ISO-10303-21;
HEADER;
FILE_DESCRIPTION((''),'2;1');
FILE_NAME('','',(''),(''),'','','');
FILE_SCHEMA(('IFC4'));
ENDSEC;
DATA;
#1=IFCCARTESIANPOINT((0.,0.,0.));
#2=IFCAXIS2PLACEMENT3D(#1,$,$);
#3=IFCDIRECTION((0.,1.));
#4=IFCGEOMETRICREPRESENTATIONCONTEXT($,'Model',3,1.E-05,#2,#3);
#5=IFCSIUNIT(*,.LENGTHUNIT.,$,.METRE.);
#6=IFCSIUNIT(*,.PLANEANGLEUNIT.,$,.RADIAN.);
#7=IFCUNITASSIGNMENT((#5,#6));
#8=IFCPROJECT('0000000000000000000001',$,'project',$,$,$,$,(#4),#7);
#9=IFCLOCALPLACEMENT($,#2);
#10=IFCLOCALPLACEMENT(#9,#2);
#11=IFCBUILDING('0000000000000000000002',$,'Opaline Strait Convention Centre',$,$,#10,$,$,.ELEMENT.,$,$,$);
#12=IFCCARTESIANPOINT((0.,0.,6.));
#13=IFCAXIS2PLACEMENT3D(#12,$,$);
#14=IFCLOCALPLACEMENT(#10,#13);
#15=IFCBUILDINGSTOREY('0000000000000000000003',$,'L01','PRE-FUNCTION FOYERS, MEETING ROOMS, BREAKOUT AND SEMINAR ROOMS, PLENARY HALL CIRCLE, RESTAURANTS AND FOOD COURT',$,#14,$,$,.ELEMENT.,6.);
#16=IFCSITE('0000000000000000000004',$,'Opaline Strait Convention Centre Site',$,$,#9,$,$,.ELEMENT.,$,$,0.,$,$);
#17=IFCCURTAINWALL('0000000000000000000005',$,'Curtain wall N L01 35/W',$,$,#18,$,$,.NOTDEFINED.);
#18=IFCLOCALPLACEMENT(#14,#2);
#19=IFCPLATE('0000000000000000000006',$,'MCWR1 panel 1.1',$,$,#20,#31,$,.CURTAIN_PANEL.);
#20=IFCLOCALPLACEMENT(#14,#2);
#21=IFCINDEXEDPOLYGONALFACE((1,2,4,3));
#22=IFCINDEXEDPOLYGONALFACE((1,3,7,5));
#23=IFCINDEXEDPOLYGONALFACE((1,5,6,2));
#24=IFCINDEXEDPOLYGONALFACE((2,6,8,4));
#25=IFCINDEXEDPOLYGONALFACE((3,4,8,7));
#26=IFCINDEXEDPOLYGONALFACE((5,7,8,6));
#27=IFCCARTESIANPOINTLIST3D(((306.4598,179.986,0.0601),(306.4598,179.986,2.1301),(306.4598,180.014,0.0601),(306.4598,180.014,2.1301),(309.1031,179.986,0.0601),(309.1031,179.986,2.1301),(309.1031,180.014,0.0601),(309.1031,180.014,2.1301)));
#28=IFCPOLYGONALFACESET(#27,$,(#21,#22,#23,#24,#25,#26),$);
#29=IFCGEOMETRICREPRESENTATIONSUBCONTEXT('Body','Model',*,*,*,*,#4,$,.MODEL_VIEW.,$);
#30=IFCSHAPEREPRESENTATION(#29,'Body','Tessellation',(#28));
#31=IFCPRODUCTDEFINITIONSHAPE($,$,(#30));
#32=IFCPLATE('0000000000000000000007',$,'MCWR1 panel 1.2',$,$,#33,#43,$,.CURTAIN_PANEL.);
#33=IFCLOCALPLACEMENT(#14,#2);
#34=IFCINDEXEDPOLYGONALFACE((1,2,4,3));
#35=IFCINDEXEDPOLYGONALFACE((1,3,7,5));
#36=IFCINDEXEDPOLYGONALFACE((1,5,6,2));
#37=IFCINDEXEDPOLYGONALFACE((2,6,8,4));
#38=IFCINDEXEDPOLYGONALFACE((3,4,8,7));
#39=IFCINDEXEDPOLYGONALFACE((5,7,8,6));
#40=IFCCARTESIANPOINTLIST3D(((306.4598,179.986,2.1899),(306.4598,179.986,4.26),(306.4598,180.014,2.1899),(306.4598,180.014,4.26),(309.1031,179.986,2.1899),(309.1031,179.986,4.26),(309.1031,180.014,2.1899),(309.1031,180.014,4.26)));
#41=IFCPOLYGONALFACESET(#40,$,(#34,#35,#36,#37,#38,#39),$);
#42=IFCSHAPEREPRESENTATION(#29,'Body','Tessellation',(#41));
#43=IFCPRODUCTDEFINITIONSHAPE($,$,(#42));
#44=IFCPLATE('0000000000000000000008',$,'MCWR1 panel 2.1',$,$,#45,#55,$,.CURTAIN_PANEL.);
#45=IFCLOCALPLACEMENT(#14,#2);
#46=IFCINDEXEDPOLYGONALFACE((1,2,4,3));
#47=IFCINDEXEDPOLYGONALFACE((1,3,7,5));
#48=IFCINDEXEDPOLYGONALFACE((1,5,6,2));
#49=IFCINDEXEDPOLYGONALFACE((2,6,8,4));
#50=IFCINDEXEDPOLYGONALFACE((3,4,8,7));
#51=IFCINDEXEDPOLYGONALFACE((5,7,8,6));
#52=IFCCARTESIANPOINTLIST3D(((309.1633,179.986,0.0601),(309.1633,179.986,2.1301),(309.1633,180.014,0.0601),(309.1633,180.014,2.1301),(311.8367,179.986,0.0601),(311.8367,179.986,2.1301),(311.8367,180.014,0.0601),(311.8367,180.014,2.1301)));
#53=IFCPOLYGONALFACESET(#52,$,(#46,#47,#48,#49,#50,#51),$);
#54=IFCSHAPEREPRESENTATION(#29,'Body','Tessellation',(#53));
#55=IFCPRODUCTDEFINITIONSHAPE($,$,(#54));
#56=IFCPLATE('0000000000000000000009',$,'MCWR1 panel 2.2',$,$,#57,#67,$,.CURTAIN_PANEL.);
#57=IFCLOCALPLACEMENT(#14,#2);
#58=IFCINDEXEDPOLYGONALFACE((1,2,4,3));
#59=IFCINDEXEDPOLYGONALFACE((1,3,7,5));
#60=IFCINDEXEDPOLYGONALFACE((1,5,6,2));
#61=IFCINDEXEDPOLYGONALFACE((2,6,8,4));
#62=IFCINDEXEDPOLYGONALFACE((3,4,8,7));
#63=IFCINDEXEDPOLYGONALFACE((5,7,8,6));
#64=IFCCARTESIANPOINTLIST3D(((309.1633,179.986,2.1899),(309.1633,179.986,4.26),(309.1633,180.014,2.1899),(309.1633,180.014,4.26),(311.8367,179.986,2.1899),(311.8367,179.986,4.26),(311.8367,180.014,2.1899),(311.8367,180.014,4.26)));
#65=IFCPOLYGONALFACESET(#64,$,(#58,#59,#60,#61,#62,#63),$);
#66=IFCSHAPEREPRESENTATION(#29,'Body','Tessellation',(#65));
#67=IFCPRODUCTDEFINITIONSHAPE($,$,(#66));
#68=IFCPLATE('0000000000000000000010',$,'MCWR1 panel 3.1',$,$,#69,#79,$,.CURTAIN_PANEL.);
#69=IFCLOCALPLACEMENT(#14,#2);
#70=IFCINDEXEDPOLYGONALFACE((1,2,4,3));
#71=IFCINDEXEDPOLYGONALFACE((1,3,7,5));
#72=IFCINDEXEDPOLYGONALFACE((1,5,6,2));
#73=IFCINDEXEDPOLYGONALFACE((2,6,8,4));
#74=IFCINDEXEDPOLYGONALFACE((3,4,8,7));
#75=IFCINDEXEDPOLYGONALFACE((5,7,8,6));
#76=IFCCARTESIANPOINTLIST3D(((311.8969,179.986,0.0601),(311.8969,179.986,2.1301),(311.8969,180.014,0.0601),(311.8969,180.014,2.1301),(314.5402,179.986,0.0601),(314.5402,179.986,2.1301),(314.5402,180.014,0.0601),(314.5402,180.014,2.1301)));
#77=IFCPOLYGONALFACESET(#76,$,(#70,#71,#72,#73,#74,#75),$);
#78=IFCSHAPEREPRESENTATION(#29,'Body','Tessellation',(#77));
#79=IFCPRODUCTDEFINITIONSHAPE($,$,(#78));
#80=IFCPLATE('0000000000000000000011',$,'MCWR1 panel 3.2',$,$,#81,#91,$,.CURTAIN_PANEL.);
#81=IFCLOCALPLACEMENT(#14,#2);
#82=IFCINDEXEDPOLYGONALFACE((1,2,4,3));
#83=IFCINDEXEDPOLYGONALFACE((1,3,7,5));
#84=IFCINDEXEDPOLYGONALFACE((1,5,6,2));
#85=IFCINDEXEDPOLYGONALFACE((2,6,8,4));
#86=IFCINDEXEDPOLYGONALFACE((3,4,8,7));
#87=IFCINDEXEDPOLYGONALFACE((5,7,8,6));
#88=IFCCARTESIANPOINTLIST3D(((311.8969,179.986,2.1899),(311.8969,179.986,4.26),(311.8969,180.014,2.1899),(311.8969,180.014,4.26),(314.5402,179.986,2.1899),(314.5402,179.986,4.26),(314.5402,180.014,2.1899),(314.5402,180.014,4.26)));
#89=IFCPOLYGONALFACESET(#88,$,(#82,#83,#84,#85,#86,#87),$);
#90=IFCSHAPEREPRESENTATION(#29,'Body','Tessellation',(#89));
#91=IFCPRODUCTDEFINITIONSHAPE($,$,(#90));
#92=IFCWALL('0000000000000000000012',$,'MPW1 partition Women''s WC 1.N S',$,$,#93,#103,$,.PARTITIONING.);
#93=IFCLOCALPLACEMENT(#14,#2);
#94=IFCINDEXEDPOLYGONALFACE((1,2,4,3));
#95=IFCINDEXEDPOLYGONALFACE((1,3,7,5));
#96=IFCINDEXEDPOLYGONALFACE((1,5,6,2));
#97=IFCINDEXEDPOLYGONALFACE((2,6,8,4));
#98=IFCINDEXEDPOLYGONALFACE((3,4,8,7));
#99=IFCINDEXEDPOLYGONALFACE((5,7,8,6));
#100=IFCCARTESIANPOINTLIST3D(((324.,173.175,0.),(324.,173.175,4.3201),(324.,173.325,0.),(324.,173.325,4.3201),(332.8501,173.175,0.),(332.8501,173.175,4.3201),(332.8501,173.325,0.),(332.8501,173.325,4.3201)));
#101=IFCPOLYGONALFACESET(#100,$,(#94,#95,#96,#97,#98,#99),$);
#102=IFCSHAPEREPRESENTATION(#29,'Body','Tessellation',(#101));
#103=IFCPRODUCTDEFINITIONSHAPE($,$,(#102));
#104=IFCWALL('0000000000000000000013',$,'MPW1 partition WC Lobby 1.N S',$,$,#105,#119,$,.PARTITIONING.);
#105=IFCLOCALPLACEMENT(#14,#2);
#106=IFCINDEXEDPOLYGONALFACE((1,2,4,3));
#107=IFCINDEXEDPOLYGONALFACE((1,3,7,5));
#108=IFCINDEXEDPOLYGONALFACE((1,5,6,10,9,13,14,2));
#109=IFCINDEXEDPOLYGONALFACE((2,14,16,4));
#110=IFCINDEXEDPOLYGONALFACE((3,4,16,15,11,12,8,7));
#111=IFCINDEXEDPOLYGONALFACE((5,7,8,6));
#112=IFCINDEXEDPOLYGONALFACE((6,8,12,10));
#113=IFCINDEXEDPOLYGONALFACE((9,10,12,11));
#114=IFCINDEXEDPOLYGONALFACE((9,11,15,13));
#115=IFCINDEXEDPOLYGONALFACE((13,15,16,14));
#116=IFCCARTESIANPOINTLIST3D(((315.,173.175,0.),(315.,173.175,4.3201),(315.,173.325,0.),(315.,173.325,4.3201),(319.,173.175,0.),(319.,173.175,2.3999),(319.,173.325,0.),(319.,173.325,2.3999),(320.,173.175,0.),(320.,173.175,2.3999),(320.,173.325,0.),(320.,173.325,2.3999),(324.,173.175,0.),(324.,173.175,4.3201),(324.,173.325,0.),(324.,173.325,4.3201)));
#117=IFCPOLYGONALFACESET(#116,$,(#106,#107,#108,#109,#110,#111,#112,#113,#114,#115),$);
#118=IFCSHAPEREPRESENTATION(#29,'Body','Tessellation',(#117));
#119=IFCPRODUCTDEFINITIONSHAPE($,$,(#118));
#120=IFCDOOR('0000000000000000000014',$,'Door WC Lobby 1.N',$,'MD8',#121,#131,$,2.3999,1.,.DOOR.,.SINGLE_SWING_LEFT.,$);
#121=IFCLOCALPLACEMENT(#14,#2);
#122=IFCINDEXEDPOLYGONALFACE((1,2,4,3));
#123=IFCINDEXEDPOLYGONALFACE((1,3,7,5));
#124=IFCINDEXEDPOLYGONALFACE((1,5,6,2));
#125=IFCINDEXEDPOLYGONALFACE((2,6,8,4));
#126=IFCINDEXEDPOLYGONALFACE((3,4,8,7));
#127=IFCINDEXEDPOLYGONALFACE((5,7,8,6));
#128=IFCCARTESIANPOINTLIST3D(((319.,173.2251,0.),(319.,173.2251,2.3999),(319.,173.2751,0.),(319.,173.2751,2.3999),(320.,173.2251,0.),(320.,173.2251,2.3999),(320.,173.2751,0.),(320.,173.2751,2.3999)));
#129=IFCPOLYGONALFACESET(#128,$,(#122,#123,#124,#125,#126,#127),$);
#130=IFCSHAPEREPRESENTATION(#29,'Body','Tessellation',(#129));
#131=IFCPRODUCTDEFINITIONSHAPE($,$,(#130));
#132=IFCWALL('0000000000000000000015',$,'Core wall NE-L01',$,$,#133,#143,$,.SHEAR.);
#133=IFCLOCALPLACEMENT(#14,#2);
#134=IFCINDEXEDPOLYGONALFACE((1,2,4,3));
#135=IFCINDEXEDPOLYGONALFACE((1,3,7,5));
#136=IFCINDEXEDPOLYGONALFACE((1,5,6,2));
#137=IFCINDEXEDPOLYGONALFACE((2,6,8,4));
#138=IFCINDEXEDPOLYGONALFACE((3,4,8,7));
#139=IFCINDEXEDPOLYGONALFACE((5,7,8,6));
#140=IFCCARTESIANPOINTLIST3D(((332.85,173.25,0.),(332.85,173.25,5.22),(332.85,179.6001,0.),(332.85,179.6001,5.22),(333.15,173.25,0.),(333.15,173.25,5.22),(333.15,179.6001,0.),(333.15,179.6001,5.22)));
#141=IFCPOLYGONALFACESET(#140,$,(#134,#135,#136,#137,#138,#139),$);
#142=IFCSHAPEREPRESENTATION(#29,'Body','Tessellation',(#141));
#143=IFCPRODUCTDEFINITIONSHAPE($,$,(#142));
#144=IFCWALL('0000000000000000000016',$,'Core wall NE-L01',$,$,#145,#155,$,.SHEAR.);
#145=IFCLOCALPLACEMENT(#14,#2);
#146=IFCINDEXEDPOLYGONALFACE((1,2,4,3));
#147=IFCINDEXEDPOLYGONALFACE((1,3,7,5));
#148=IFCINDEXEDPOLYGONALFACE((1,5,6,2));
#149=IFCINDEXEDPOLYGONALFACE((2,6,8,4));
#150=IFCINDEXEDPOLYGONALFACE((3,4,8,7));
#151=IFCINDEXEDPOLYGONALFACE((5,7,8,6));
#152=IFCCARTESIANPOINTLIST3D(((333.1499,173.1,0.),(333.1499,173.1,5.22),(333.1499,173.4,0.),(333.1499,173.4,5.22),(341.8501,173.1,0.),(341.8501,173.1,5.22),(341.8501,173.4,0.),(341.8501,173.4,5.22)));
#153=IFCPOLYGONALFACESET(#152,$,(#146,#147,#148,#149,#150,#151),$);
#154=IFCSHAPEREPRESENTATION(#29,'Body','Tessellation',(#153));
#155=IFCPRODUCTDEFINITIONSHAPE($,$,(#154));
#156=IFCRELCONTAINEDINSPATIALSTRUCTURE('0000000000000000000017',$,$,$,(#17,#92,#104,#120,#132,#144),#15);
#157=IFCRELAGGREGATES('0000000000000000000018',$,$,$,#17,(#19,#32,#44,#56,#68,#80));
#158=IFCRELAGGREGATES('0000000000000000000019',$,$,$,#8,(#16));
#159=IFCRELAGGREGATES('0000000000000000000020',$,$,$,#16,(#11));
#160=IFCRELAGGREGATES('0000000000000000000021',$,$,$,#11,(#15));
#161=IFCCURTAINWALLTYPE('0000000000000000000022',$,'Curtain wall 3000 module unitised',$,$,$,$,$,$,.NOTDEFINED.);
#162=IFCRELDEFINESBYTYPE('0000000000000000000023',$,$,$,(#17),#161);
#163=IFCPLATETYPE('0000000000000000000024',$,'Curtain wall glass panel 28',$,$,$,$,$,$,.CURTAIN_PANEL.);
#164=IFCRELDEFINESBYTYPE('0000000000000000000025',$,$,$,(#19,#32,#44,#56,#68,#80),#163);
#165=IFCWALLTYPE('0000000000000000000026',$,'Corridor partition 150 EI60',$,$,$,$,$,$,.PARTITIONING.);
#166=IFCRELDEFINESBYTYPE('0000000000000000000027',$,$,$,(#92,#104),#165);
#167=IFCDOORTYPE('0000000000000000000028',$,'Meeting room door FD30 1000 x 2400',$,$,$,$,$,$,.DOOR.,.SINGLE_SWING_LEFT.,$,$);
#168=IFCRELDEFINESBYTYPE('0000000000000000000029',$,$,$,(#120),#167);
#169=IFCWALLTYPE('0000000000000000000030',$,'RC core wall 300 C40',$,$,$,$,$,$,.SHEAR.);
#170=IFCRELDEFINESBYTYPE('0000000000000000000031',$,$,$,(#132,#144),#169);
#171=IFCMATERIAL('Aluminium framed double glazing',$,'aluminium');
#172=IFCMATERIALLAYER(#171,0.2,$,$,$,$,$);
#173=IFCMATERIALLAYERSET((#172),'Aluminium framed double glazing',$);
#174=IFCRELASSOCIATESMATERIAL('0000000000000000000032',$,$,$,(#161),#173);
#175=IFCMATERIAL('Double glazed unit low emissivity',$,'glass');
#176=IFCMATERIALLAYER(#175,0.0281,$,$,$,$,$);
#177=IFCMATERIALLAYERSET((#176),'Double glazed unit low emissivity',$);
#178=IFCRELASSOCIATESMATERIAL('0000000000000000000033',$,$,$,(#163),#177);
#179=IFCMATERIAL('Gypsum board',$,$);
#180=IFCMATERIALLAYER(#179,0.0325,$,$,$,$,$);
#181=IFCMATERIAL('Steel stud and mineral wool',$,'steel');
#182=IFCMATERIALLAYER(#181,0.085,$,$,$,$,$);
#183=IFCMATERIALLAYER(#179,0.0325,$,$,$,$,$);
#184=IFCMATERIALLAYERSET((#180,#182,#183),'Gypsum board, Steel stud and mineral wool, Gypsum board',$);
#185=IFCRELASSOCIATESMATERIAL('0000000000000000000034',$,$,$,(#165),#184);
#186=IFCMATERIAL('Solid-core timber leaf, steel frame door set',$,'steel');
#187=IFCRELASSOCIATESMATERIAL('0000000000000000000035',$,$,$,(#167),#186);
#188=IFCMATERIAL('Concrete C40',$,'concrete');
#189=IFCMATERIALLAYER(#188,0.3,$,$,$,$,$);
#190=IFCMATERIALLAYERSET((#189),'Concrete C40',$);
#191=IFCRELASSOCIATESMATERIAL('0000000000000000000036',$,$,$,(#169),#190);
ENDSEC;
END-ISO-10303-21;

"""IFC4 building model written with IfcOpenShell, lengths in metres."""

from ifc_helpers import new_model, si_unit, direction, frame, frame_2d, origin, origin_2d, place, context, subcontext, project, spatial, rectangle, extrude, material, layer, layer_set, type_object, element, fill, aggregate, save


model = new_model("IFC4")

# Units and contexts
model_context = context("Model", 3, precision=1e-05, world=origin(), true_north=direction((0.0, 1.0)))
body_context = subcontext(model_context, "Body", "Model", "MODEL_VIEW")
ifc_project = project(units=[si_unit("LENGTHUNIT", "METRE"), si_unit("PLANEANGLEUNIT", "RADIAN")], contexts=[model_context])

# Site, building, storey
site_placement = place(None, origin())
site = spatial("IfcSite", under=ifc_project, at=site_placement, Name="Opaline Strait Convention Centre Site", CompositionType="ELEMENT", RefElevation=0.0)
building_placement = place(site_placement, origin())
building = spatial("IfcBuilding", under=site, at=building_placement, Name="Opaline Strait Convention Centre", CompositionType="ELEMENT")
storey_placement = place(building_placement, frame((0.0, 0.0, 6.0)))
storey = spatial("IfcBuildingStorey", under=building, at=storey_placement, Name="L01", Description="PRE-FUNCTION FOYERS, MEETING ROOMS, BREAKOUT AND SEMINAR ROOMS, PLENARY HALL CIRCLE, RESTAURANTS AND FOOD COURT", CompositionType="ELEMENT", Elevation=6.0)

# Curtain wall
ifc_material_1 = material(Name="Aluminium framed double glazing", Category="aluminium")
ifc_layer_1 = layer(ifc_material_1, 0.2)
ifc_layer_set_1 = layer_set([ifc_layer_1], Name="Aluminium framed double glazing")
curtain_wall_type = type_object("IfcCurtainWallType", Name="Curtain wall 3000 module unitised", PredefinedType="NOTDEFINED", material=ifc_layer_set_1)
curtain_wall_placement = place(storey_placement, origin())
curtain_wall = element("IfcCurtainWall", 1, at=curtain_wall_placement, inside=storey, type_object=curtain_wall_type, Name="Curtain wall N L01 35/W", PredefinedType="NOTDEFINED")

# Plates
ifc_material_2 = material(Name="Double glazed unit low emissivity", Category="glass")
ifc_layer_2 = layer(ifc_material_2, 0.0281)
ifc_layer_set_2 = layer_set([ifc_layer_2], Name="Double glazed unit low emissivity")
plate_type = type_object("IfcPlateType", Name="Curtain wall glass panel 28", PredefinedType="CURTAIN_PANEL", material=ifc_layer_set_2)
plate_1_placement = place(storey_placement, frame((307.7815, 180.0, 0.0601), z_axis=(0.0, 0.0, 1.0), x_axis=(1.0, 0.0, 0.0)))
plate_1 = element("IfcPlate", 2, at=plate_1_placement, type_object=plate_type, Name="MCWR1 panel 1.1", PredefinedType="CURTAIN_PANEL", context=body_context, shape_type="SweptSolid", body=[
    extrude(rectangle(XDim=2.6433, YDim=0.0281, at=origin_2d()), origin(), (0.0, 0.0, 1.0), 2.0701),
])
plate_2_placement = place(storey_placement, frame((307.7815, 180.0, 2.1899), z_axis=(0.0, 0.0, 1.0), x_axis=(1.0, 0.0, 0.0)))
plate_2 = element("IfcPlate", 3, at=plate_2_placement, type_object=plate_type, Name="MCWR1 panel 1.2", PredefinedType="CURTAIN_PANEL", context=body_context, shape_type="SweptSolid", body=[
    extrude(rectangle(XDim=2.6433, YDim=0.0281, at=origin_2d()), origin(), (0.0, 0.0, 1.0), 2.0701),
])
plate_3_placement = place(storey_placement, frame((310.5, 180.0, 0.0601), z_axis=(0.0, 0.0, 1.0), x_axis=(1.0, 0.0, 0.0)))
plate_3 = element("IfcPlate", 4, at=plate_3_placement, type_object=plate_type, Name="MCWR1 panel 2.1", PredefinedType="CURTAIN_PANEL", context=body_context, shape_type="SweptSolid", body=[
    extrude(rectangle(XDim=2.6733, YDim=0.0281, at=origin_2d()), origin(), (0.0, 0.0, 1.0), 2.0701),
])
plate_4_placement = place(storey_placement, frame((310.5, 180.0, 2.1899), z_axis=(0.0, 0.0, 1.0), x_axis=(1.0, 0.0, 0.0)))
plate_4 = element("IfcPlate", 5, at=plate_4_placement, type_object=plate_type, Name="MCWR1 panel 2.2", PredefinedType="CURTAIN_PANEL", context=body_context, shape_type="SweptSolid", body=[
    extrude(rectangle(XDim=2.6733, YDim=0.0281, at=origin_2d()), origin(), (0.0, 0.0, 1.0), 2.0701),
])
plate_5_placement = place(storey_placement, frame((313.2185, 180.0, 0.0601), z_axis=(0.0, 0.0, 1.0), x_axis=(1.0, 0.0, 0.0)))
plate_5 = element("IfcPlate", 6, at=plate_5_placement, type_object=plate_type, Name="MCWR1 panel 3.1", PredefinedType="CURTAIN_PANEL", context=body_context, shape_type="SweptSolid", body=[
    extrude(rectangle(XDim=2.6433, YDim=0.0281, at=origin_2d()), origin(), (0.0, 0.0, 1.0), 2.0701),
])
plate_6_placement = place(storey_placement, frame((313.2185, 180.0, 2.1899), z_axis=(0.0, 0.0, 1.0), x_axis=(1.0, 0.0, 0.0)))
plate_6 = element("IfcPlate", 7, at=plate_6_placement, type_object=plate_type, Name="MCWR1 panel 3.2", PredefinedType="CURTAIN_PANEL", context=body_context, shape_type="SweptSolid", body=[
    extrude(rectangle(XDim=2.6433, YDim=0.0281, at=origin_2d()), origin(), (0.0, 0.0, 1.0), 2.0701),
])
aggregate(curtain_wall, [plate_1, plate_2, plate_3, plate_4, plate_5, plate_6])

# Wall
ifc_material_3 = material(Name="Gypsum board")
ifc_layer_3 = layer(ifc_material_3, 0.0325)
ifc_material_4 = material(Name="Steel stud and mineral wool", Category="steel")
ifc_layer_4 = layer(ifc_material_4, 0.085)
ifc_layer_5 = layer(ifc_material_3, 0.0325)
ifc_layer_set_3 = layer_set([ifc_layer_3, ifc_layer_4, ifc_layer_5], Name="Gypsum board, Steel stud and mineral wool, Gypsum board")
wall_type_1 = type_object("IfcWallType", Name="Corridor partition 150 EI60", PredefinedType="PARTITIONING", material=ifc_layer_set_3)
wall_1_placement = place(storey_placement, frame((324.0, 173.25, 0.0), z_axis=(0.0, 0.0, 1.0), x_axis=(1.0, 0.0, 0.0)))
element("IfcWall", 8, at=wall_1_placement, inside=storey, type_object=wall_type_1, Name="MPW1 partition Women's WC 1.N S", PredefinedType="PARTITIONING", context=body_context, shape_type="SweptSolid", body=[
    extrude(rectangle(XDim=8.8501, YDim=0.1499, at=frame_2d((4.425, 0.0))), origin(), (0.0, 0.0, 1.0), 4.3201),
])

# Wall, opening, door
wall_2_placement = place(storey_placement, frame((315.0, 173.25, 0.0), z_axis=(0.0, 0.0, 1.0), x_axis=(1.0, 0.0, 0.0)))
wall_2 = element("IfcWall", 9, at=wall_2_placement, inside=storey, type_object=wall_type_1, Name="MPW1 partition WC Lobby 1.N S", PredefinedType="PARTITIONING", context=body_context, shape_type="SweptSolid", body=[
    extrude(rectangle(XDim=9.0, YDim=0.1499, at=frame_2d((4.5, 0.0))), origin(), (0.0, 0.0, 1.0), 4.3201),
])
opening_1_placement = place(wall_2_placement, frame((4.0, 0.0, 0.0)))
opening_1 = element("IfcOpeningElement", 10, at=opening_1_placement, cuts=wall_2, PredefinedType="OPENING", context=body_context, shape_type="SweptSolid", body=[
    extrude(rectangle(XDim=1.0, YDim=2.3999, at=frame_2d((0.5, 1.2))), frame((0.0, 0.085, 0.0), z_axis=(0.0, -1.0, 0.0), x_axis=(1.0, 0.0, 0.0)), (0.0, 0.0, 1.0), 0.1699),
])
ifc_material_5 = material(Name="Solid-core timber leaf, steel frame door set", Category="steel")
door_type_1 = type_object("IfcDoorType", Name="Meeting room door FD30 1000 x 2400", OperationType="SINGLE_SWING_LEFT", PredefinedType="DOOR", material=ifc_material_5)
door_1_placement = place(opening_1_placement, frame((1.0, 0.0, 0.0), z_axis=(0.0, 0.0, 1.0), x_axis=(-1.0, 0.0, 0.0)))
door_1 = element("IfcDoor", 11, at=door_1_placement, inside=storey, type_object=door_type_1, Name="Door WC Lobby 1.N", ObjectType="MD8", OperationType="SINGLE_SWING_LEFT", OverallHeight=2.3999, OverallWidth=1.0, PredefinedType="DOOR", context=body_context, shape_type="SweptSolid", body=[
    extrude(rectangle(XDim=1.0, YDim=2.3999, at=frame_2d((0.5, 1.2))), frame((0.0, 0.0249, 0.0), z_axis=(0.0, -1.0, 0.0), x_axis=(1.0, 0.0, 0.0)), (0.0, 0.0, 1.0), 0.05),
])
fill(opening_1, door_1)

# Walls
ifc_material_6 = material(Name="Concrete C40", Category="concrete")
ifc_layer_6 = layer(ifc_material_6, 0.3)
ifc_layer_set_4 = layer_set([ifc_layer_6], Name="Concrete C40")
wall_type_2 = type_object("IfcWallType", Name="RC core wall 300 C40", PredefinedType="SHEAR", material=ifc_layer_set_4)
wall_3_placement = place(storey_placement, frame((333.0, 173.25, 0.0), z_axis=(0.0, 0.0, 1.0), x_axis=(0.0, 1.0, 0.0)))
element("IfcWall", 12, at=wall_3_placement, inside=storey, type_object=wall_type_2, Name="Core wall NE-L01", PredefinedType="SHEAR", context=body_context, shape_type="SweptSolid", body=[
    extrude(rectangle(XDim=6.3501, YDim=0.3, at=frame_2d((3.175, 0.0))), origin(), (0.0, 0.0, 1.0), 5.22),
])
wall_4_placement = place(storey_placement, frame((333.1499, 173.25, 0.0), z_axis=(0.0, 0.0, 1.0), x_axis=(1.0, 0.0, 0.0)))
element("IfcWall", 13, at=wall_4_placement, inside=storey, type_object=wall_type_2, Name="Core wall NE-L01", PredefinedType="SHEAR", context=body_context, shape_type="SweptSolid", body=[
    extrude(rectangle(XDim=8.7002, YDim=0.3, at=frame_2d((4.3501, 0.0))), origin(), (0.0, 0.0, 1.0), 5.22),
])

save(model, "model.ifc")
